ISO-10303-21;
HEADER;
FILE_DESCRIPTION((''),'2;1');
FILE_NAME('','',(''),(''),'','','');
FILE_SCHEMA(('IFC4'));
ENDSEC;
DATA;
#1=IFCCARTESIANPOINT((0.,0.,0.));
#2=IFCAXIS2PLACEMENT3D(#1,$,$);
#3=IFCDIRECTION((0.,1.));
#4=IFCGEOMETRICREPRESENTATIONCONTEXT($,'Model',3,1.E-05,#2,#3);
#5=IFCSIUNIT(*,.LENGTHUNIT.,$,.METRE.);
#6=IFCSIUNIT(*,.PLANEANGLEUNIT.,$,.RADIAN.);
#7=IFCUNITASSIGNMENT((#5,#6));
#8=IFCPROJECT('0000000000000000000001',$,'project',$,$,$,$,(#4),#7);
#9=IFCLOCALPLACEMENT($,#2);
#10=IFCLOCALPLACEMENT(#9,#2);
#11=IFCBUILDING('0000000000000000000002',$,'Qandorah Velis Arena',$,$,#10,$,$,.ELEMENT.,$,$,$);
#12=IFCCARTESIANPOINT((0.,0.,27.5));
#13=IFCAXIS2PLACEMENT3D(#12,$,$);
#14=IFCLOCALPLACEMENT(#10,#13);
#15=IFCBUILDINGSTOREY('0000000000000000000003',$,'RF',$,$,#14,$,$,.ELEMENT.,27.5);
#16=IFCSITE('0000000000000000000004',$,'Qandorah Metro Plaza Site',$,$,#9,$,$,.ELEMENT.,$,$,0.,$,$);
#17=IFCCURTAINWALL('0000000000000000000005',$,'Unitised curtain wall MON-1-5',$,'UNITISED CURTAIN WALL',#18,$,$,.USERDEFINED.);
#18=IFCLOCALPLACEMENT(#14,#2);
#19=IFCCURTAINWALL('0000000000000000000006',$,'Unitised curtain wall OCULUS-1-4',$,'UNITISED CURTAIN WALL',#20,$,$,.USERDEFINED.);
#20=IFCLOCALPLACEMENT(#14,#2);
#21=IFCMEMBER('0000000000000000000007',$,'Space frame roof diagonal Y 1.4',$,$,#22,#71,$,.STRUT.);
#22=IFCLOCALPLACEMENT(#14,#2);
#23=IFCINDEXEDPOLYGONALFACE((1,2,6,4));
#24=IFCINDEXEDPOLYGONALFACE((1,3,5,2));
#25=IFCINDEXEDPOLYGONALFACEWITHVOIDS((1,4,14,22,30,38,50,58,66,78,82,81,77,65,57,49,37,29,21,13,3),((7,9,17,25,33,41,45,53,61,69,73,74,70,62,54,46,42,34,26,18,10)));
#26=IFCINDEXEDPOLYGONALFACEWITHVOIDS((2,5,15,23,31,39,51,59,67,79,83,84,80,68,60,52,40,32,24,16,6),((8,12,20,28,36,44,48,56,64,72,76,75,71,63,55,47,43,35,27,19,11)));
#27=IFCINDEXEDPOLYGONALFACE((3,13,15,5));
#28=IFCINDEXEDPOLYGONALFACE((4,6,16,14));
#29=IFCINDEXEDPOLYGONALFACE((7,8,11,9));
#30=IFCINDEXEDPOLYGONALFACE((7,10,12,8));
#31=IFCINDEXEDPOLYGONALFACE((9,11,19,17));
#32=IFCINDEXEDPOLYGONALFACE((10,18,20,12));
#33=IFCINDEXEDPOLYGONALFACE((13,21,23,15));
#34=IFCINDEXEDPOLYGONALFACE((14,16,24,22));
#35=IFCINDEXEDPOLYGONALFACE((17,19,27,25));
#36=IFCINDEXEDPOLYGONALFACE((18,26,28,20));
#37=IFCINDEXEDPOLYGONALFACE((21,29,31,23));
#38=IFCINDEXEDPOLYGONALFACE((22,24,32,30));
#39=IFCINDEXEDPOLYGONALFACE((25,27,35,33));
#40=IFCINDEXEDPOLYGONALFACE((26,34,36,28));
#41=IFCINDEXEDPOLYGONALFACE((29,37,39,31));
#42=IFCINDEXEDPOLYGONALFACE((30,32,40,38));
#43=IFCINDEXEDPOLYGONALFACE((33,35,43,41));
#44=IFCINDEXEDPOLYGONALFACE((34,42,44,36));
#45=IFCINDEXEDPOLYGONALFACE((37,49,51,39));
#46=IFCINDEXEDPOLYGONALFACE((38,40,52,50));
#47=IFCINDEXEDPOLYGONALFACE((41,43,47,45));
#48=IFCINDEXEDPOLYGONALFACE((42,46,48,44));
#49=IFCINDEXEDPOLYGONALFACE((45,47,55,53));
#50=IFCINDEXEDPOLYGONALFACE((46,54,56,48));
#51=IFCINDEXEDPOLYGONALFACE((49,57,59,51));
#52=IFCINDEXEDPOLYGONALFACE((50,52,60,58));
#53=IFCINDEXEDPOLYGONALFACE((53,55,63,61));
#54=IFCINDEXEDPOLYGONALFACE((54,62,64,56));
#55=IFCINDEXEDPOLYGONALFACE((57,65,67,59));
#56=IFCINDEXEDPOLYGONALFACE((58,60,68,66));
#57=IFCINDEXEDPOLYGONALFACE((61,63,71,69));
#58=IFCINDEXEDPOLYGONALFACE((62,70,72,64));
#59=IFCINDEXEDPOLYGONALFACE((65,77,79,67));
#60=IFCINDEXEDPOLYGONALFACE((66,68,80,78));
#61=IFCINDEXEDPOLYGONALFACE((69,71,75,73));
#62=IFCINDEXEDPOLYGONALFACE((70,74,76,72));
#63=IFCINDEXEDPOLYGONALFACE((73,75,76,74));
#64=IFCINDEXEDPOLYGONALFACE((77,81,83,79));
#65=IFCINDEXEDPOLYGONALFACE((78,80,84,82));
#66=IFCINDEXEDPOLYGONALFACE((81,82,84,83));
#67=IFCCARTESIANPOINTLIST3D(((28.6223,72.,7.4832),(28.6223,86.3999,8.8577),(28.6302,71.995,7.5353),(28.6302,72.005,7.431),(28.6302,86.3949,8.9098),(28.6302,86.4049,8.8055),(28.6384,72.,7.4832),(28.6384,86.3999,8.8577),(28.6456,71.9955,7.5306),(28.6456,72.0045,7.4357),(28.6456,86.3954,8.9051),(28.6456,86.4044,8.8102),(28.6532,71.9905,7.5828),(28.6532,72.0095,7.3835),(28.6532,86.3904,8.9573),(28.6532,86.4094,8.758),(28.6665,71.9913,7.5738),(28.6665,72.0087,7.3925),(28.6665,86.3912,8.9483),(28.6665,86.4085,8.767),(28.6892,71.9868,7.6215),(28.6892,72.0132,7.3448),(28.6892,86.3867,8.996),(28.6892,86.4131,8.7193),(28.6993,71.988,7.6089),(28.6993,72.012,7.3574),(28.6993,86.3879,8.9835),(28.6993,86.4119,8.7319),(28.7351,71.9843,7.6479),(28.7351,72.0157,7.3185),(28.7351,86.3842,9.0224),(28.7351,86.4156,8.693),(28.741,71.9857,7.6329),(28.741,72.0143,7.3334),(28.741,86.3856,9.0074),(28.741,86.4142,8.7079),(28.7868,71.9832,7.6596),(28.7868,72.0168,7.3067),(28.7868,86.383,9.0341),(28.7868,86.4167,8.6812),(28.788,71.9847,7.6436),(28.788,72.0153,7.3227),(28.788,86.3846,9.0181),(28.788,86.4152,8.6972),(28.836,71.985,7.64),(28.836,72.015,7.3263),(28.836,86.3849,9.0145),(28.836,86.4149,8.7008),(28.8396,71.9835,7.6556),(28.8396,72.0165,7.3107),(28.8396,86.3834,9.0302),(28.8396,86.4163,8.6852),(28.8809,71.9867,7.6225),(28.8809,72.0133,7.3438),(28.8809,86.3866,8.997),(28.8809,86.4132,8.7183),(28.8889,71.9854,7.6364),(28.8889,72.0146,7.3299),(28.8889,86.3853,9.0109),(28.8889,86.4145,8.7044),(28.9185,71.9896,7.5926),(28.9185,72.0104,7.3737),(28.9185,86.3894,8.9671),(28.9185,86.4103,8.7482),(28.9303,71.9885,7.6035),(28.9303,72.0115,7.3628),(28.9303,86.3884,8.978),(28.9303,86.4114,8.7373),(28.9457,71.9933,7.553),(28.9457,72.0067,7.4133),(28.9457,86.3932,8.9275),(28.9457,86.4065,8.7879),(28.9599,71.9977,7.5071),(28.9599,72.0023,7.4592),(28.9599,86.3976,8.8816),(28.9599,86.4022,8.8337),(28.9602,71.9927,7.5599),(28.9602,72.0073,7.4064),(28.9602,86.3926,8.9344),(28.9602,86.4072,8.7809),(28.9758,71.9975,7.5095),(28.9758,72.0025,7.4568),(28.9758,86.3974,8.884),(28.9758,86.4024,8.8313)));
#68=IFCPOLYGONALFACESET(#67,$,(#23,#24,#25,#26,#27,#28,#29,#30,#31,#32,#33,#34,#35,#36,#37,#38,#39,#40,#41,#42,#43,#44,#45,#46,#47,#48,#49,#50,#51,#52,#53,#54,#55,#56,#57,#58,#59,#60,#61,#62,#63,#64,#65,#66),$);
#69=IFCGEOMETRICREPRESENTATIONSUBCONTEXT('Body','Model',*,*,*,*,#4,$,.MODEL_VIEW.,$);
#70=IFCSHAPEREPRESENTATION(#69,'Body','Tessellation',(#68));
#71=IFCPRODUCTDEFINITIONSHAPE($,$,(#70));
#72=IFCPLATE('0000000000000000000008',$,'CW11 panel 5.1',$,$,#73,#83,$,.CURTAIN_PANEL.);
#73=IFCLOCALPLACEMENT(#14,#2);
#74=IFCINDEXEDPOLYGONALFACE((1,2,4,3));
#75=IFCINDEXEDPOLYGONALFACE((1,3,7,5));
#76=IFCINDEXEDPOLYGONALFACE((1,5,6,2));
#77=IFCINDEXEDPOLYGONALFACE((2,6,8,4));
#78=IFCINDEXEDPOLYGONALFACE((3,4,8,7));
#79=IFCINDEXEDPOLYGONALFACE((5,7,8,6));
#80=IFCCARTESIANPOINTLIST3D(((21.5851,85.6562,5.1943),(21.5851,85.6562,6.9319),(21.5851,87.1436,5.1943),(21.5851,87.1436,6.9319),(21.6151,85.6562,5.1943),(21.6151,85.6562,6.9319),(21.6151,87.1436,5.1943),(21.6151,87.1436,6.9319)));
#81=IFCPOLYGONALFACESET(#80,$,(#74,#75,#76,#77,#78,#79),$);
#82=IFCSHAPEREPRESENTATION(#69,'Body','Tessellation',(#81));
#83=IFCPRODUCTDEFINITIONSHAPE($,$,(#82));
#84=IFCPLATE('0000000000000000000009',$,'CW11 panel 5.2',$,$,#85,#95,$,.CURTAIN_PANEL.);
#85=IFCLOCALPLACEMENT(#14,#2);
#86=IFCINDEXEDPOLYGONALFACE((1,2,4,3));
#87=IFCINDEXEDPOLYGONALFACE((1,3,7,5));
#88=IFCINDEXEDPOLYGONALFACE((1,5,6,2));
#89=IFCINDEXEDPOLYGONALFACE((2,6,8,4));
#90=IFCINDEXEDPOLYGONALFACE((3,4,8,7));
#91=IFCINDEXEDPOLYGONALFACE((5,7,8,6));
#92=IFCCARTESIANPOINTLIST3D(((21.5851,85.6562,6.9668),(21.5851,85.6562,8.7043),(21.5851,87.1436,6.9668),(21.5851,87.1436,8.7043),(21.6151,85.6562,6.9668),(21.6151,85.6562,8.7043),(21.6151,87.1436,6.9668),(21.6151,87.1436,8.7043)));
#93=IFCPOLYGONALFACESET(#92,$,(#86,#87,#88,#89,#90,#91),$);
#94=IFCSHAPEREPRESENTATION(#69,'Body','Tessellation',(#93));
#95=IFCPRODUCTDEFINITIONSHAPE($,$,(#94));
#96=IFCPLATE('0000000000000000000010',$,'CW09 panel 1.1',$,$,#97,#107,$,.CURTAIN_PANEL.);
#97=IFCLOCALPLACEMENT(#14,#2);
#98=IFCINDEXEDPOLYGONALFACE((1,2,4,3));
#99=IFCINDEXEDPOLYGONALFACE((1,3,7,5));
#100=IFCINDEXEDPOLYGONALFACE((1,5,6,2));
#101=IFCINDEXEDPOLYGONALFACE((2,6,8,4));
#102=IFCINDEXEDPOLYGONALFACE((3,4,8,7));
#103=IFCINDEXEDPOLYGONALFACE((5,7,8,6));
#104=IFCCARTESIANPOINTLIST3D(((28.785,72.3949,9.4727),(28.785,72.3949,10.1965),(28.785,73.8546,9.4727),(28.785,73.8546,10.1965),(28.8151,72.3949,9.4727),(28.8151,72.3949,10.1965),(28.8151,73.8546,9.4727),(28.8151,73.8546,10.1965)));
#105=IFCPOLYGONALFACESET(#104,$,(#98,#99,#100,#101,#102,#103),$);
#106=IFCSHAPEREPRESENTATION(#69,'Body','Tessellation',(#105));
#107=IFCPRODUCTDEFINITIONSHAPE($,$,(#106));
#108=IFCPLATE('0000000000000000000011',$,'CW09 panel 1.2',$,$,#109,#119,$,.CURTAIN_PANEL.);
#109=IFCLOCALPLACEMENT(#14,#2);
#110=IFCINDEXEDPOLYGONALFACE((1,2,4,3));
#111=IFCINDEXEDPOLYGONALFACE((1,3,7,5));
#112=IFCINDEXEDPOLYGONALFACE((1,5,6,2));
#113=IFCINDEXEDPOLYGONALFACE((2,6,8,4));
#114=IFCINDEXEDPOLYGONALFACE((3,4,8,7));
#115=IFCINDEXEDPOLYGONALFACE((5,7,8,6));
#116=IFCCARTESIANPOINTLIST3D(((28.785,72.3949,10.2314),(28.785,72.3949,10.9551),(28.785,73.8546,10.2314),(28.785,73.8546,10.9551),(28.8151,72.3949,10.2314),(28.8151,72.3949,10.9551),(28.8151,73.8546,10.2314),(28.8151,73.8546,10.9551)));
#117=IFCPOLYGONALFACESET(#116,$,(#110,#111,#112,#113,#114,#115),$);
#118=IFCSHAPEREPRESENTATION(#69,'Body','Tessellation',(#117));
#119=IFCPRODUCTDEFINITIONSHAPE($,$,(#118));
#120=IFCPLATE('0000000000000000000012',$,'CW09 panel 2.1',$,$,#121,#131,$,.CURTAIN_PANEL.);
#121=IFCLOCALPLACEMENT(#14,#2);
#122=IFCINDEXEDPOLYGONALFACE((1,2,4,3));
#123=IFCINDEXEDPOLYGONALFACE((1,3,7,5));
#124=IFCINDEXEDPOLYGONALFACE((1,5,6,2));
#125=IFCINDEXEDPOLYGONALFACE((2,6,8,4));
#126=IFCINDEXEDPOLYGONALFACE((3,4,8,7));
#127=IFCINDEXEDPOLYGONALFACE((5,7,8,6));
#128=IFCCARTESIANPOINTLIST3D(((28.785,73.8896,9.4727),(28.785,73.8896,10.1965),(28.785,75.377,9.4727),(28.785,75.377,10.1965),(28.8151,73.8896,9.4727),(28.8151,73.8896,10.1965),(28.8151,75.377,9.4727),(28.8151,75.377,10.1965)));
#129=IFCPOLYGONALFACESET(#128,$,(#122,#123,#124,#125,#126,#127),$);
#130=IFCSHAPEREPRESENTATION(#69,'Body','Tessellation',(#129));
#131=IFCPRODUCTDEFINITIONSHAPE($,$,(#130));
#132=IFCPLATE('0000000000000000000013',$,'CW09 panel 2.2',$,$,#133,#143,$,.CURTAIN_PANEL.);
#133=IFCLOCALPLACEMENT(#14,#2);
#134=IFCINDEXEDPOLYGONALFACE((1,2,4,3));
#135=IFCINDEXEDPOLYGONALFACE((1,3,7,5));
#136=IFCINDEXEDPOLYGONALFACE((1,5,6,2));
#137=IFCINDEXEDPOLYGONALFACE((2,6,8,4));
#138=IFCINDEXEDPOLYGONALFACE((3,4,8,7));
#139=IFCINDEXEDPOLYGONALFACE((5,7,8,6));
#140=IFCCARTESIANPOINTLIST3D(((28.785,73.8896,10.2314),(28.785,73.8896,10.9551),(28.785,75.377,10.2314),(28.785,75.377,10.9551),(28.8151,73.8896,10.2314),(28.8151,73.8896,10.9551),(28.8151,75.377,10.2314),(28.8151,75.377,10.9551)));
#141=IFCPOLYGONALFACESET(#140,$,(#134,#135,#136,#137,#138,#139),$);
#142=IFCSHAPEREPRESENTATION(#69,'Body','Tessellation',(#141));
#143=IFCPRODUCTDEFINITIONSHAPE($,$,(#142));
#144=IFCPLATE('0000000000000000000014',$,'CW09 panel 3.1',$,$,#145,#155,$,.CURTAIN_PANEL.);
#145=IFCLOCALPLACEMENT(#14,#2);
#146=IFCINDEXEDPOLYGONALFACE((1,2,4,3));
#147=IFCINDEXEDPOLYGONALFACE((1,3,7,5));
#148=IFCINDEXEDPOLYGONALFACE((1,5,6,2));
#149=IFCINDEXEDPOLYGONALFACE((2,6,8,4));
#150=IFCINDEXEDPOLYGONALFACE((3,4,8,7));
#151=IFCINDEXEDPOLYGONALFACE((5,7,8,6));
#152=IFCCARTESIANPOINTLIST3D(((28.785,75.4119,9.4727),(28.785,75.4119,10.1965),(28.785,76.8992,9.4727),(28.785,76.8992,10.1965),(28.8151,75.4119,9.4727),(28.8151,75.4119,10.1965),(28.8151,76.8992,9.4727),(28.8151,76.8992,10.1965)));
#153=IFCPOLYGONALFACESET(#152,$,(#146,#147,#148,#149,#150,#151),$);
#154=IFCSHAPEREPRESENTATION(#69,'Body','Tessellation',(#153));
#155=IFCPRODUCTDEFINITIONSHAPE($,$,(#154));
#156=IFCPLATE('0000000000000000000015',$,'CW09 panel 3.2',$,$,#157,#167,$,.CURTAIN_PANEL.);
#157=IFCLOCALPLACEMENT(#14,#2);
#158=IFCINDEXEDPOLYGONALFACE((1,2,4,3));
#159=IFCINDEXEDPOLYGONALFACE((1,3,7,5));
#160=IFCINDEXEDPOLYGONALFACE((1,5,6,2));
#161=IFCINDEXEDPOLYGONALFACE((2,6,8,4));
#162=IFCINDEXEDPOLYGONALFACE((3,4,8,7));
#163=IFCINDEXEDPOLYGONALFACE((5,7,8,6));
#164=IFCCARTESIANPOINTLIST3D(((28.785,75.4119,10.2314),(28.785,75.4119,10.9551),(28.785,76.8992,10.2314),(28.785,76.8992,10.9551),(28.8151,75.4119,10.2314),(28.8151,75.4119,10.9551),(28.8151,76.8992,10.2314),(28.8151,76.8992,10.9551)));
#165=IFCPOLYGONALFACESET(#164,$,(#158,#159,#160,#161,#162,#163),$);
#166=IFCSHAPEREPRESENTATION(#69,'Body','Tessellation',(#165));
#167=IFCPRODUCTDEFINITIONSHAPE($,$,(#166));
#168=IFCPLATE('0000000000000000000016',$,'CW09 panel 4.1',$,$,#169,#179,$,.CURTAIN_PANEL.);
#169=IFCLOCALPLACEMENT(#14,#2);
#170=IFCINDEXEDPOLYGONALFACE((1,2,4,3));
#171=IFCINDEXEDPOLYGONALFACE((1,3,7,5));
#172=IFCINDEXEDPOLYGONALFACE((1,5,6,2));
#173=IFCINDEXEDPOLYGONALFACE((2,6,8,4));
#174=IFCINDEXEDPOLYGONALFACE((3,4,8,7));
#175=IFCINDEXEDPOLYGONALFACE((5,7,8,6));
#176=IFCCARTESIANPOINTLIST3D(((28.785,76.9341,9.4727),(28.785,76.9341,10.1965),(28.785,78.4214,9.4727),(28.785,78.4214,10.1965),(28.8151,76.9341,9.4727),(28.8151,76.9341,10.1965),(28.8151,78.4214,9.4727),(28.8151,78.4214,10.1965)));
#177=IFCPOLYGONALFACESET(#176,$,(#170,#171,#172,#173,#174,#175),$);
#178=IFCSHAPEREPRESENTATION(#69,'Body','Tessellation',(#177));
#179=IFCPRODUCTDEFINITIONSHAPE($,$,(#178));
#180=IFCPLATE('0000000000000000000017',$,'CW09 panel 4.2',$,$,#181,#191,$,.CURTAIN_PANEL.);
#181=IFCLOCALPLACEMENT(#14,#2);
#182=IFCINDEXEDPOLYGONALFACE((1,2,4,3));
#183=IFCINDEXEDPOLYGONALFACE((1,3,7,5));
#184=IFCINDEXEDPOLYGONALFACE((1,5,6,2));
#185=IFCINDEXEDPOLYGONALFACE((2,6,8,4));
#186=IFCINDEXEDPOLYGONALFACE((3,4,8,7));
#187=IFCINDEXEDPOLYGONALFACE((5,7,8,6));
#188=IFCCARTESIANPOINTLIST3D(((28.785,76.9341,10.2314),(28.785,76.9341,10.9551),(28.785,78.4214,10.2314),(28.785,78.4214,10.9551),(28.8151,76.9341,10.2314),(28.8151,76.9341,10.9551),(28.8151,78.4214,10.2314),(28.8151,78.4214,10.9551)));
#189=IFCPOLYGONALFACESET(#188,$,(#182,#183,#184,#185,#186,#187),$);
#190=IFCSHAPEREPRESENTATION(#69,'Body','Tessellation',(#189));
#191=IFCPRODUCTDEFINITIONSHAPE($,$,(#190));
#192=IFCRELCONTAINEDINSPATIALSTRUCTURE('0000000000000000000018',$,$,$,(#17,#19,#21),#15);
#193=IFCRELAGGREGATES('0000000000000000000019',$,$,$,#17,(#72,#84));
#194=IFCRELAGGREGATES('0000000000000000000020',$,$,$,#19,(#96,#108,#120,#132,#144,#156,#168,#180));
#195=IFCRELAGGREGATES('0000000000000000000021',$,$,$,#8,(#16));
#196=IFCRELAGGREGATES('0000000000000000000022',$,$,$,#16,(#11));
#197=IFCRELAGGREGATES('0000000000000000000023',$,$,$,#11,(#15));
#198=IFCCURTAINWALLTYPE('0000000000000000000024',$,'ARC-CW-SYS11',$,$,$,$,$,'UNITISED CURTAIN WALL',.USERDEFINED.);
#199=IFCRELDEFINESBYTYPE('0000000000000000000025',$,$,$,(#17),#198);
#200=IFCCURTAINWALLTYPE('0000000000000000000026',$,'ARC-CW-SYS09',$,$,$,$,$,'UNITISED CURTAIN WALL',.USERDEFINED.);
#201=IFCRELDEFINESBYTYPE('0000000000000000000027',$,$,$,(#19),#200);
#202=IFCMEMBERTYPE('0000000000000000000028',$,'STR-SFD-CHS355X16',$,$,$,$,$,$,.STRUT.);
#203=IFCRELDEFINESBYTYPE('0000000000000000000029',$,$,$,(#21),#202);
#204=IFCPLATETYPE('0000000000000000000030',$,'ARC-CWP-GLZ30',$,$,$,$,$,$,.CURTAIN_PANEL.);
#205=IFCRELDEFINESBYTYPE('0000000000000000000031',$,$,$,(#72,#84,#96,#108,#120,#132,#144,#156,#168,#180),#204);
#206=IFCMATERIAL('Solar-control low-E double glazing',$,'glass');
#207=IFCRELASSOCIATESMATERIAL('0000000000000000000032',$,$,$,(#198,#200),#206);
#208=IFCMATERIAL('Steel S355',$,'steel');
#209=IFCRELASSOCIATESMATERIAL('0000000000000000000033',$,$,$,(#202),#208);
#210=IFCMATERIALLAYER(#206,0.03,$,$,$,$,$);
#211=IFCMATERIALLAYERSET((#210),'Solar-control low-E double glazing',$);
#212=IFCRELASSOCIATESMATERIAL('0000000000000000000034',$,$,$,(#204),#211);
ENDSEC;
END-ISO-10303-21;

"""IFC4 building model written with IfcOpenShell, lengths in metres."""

from ifc_helpers import new_model, si_unit, direction, frame, origin, origin_2d, place, context, subcontext, project, spatial, rectangle, hollow_circle, extrude, material, layer, layer_set, material_profile, profile_set, type_object, element, aggregate, save


model = new_model("IFC4")

# Units and contexts
model_context = context("Model", 3, precision=1e-05, world=origin(), true_north=direction((0.0, 1.0)))
body_context = subcontext(model_context, "Body", "Model", "MODEL_VIEW")
ifc_project = project(units=[si_unit("LENGTHUNIT", "METRE"), si_unit("PLANEANGLEUNIT", "RADIAN")], contexts=[model_context])

# Site, building, storey
site_placement = place(None, origin())
site = spatial("IfcSite", under=ifc_project, at=site_placement, Name="Qandorah Metro Plaza Site", CompositionType="ELEMENT", RefElevation=0.0)
building_placement = place(site_placement, origin())
building = spatial("IfcBuilding", under=site, at=building_placement, Name="Qandorah Velis Arena", CompositionType="ELEMENT")
storey_placement = place(building_placement, frame((0.0, 0.0, 27.5)))
storey = spatial("IfcBuildingStorey", under=building, at=storey_placement, Name="RF", CompositionType="ELEMENT", Elevation=27.5)

# Curtain walls
ifc_material_1 = material(Name="Solar-control low-E double glazing", Category="glass")
curtain_wall_type_1 = type_object("IfcCurtainWallType", Name="ARC-CW-SYS11", ElementType="UNITISED CURTAIN WALL", PredefinedType="USERDEFINED", material=ifc_material_1)
curtain_wall_1_placement = place(storey_placement, origin())
curtain_wall_1 = element("IfcCurtainWall", 1, at=curtain_wall_1_placement, inside=storey, type_object=curtain_wall_type_1, Name="Unitised curtain wall MON-1-5", ObjectType="UNITISED CURTAIN WALL", PredefinedType="USERDEFINED")
curtain_wall_type_2 = type_object("IfcCurtainWallType", Name="ARC-CW-SYS09", ElementType="UNITISED CURTAIN WALL", PredefinedType="USERDEFINED", material=ifc_material_1)
curtain_wall_2_placement = place(storey_placement, origin())
curtain_wall_2 = element("IfcCurtainWall", 2, at=curtain_wall_2_placement, inside=storey, type_object=curtain_wall_type_2, Name="Unitised curtain wall OCULUS-1-4", ObjectType="UNITISED CURTAIN WALL", PredefinedType="USERDEFINED")

# Member
ifc_material_2 = material(Name="Steel S355", Category="steel")
ifc_material_profile_1 = material_profile(ifc_material_2, hollow_circle(Radius=0.1777, WallThickness=0.0161, at=origin_2d()), Name="CHS 355.6x16")
ifc_profile_set_1 = profile_set([ifc_material_profile_1], Name="Steel S355")
member_type_1 = type_object("IfcMemberType", Name="STR-SFD-CHS355X16", PredefinedType="STRUT", material=ifc_profile_set_1)
member_1_placement = place(storey_placement, frame((28.8, 72.0, 7.4832), z_axis=(0.0, 0.995475, 0.095021), x_axis=(-1.0, 0.0, 0.0)))
element("IfcMember", 3, at=member_1_placement, inside=storey, type_object=member_type_1, Name="Space frame roof diagonal Y 1.4", PredefinedType="STRUT", context=body_context, shape_type="SweptSolid", body=[
    extrude(hollow_circle(Radius=0.1777, WallThickness=0.0161, at=origin_2d()), origin(), (0.0, 0.0, 1.0), 14.4653),
])

# Plates
ifc_layer = layer(ifc_material_1, 0.03)
ifc_layer_set = layer_set([ifc_layer], Name="Solar-control low-E double glazing")
plate_type = type_object("IfcPlateType", Name="ARC-CWP-GLZ30", PredefinedType="CURTAIN_PANEL", material=ifc_layer_set)
plate_1_placement = place(storey_placement, frame((21.6001, 86.3999, 5.1943), z_axis=(0.0, 0.0, 1.0), x_axis=(0.0, 1.0, 0.0)))
plate_1 = element("IfcPlate", 4, at=plate_1_placement, type_object=plate_type, Name="CW11 panel 5.1", PredefinedType="CURTAIN_PANEL", context=body_context, shape_type="SweptSolid", body=[
    extrude(rectangle(XDim=1.4873, YDim=0.03, at=origin_2d()), origin(), (0.0, 0.0, 1.0), 1.7375),
])
plate_2_placement = place(storey_placement, frame((21.6001, 86.3999, 6.9668), z_axis=(0.0, 0.0, 1.0), x_axis=(0.0, 1.0, 0.0)))
plate_2 = element("IfcPlate", 5, at=plate_2_placement, type_object=plate_type, Name="CW11 panel 5.2", PredefinedType="CURTAIN_PANEL", context=body_context, shape_type="SweptSolid", body=[
    extrude(rectangle(XDim=1.4873, YDim=0.03, at=origin_2d()), origin(), (0.0, 0.0, 1.0), 1.7375),
])
aggregate(curtain_wall_1, [plate_1, plate_2])
plate_3_placement = place(storey_placement, frame((28.8, 73.1248, 9.4727), z_axis=(0.0, 0.0, 1.0), x_axis=(0.0, 1.0, 0.0)))
plate_3 = element("IfcPlate", 6, at=plate_3_placement, type_object=plate_type, Name="CW09 panel 1.1", PredefinedType="CURTAIN_PANEL", context=body_context, shape_type="SweptSolid", body=[
    extrude(rectangle(XDim=1.4597, YDim=0.03, at=origin_2d()), origin(), (0.0, 0.0, 1.0), 0.7239),
])
plate_4_placement = place(storey_placement, frame((28.8, 73.1248, 10.2314), z_axis=(0.0, 0.0, 1.0), x_axis=(0.0, 1.0, 0.0)))
plate_4 = element("IfcPlate", 7, at=plate_4_placement, type_object=plate_type, Name="CW09 panel 1.2", PredefinedType="CURTAIN_PANEL", context=body_context, shape_type="SweptSolid", body=[
    extrude(rectangle(XDim=1.4597, YDim=0.03, at=origin_2d()), origin(), (0.0, 0.0, 1.0), 0.7236),
])
plate_5_placement = place(storey_placement, frame((28.8, 74.6333, 9.4727), z_axis=(0.0, 0.0, 1.0), x_axis=(0.0, 1.0, 0.0)))
plate_5 = element("IfcPlate", 8, at=plate_5_placement, type_object=plate_type, Name="CW09 panel 2.1", PredefinedType="CURTAIN_PANEL", context=body_context, shape_type="SweptSolid", body=[
    extrude(rectangle(XDim=1.4873, YDim=0.03, at=origin_2d()), origin(), (0.0, 0.0, 1.0), 0.7239),
])
plate_6_placement = place(storey_placement, frame((28.8, 74.6333, 10.2314), z_axis=(0.0, 0.0, 1.0), x_axis=(0.0, 1.0, 0.0)))
plate_6 = element("IfcPlate", 9, at=plate_6_placement, type_object=plate_type, Name="CW09 panel 2.2", PredefinedType="CURTAIN_PANEL", context=body_context, shape_type="SweptSolid", body=[
    extrude(rectangle(XDim=1.4873, YDim=0.03, at=origin_2d()), origin(), (0.0, 0.0, 1.0), 0.7236),
])
plate_7_placement = place(storey_placement, frame((28.8, 76.1555, 9.4727), z_axis=(0.0, 0.0, 1.0), x_axis=(0.0, 1.0, 0.0)))
plate_7 = element("IfcPlate", 10, at=plate_7_placement, type_object=plate_type, Name="CW09 panel 3.1", PredefinedType="CURTAIN_PANEL", context=body_context, shape_type="SweptSolid", body=[
    extrude(rectangle(XDim=1.4873, YDim=0.03, at=origin_2d()), origin(), (0.0, 0.0, 1.0), 0.7239),
])
plate_8_placement = place(storey_placement, frame((28.8, 76.1555, 10.2314), z_axis=(0.0, 0.0, 1.0), x_axis=(0.0, 1.0, 0.0)))
plate_8 = element("IfcPlate", 11, at=plate_8_placement, type_object=plate_type, Name="CW09 panel 3.2", PredefinedType="CURTAIN_PANEL", context=body_context, shape_type="SweptSolid", body=[
    extrude(rectangle(XDim=1.4873, YDim=0.03, at=origin_2d()), origin(), (0.0, 0.0, 1.0), 0.7236),
])
plate_9_placement = place(storey_placement, frame((28.8, 77.6777, 9.4727), z_axis=(0.0, 0.0, 1.0), x_axis=(0.0, 1.0, 0.0)))
plate_9 = element("IfcPlate", 12, at=plate_9_placement, type_object=plate_type, Name="CW09 panel 4.1", PredefinedType="CURTAIN_PANEL", context=body_context, shape_type="SweptSolid", body=[
    extrude(rectangle(XDim=1.4873, YDim=0.03, at=origin_2d()), origin(), (0.0, 0.0, 1.0), 0.7239),
])
plate_10_placement = place(storey_placement, frame((28.8, 77.6777, 10.2314), z_axis=(0.0, 0.0, 1.0), x_axis=(0.0, 1.0, 0.0)))
plate_10 = element("IfcPlate", 13, at=plate_10_placement, type_object=plate_type, Name="CW09 panel 4.2", PredefinedType="CURTAIN_PANEL", context=body_context, shape_type="SweptSolid", body=[
    extrude(rectangle(XDim=1.4873, YDim=0.03, at=origin_2d()), origin(), (0.0, 0.0, 1.0), 0.7236),
])
aggregate(curtain_wall_2, [plate_3, plate_4, plate_5, plate_6, plate_7, plate_8, plate_9, plate_10])

save(model, "model.ifc")
